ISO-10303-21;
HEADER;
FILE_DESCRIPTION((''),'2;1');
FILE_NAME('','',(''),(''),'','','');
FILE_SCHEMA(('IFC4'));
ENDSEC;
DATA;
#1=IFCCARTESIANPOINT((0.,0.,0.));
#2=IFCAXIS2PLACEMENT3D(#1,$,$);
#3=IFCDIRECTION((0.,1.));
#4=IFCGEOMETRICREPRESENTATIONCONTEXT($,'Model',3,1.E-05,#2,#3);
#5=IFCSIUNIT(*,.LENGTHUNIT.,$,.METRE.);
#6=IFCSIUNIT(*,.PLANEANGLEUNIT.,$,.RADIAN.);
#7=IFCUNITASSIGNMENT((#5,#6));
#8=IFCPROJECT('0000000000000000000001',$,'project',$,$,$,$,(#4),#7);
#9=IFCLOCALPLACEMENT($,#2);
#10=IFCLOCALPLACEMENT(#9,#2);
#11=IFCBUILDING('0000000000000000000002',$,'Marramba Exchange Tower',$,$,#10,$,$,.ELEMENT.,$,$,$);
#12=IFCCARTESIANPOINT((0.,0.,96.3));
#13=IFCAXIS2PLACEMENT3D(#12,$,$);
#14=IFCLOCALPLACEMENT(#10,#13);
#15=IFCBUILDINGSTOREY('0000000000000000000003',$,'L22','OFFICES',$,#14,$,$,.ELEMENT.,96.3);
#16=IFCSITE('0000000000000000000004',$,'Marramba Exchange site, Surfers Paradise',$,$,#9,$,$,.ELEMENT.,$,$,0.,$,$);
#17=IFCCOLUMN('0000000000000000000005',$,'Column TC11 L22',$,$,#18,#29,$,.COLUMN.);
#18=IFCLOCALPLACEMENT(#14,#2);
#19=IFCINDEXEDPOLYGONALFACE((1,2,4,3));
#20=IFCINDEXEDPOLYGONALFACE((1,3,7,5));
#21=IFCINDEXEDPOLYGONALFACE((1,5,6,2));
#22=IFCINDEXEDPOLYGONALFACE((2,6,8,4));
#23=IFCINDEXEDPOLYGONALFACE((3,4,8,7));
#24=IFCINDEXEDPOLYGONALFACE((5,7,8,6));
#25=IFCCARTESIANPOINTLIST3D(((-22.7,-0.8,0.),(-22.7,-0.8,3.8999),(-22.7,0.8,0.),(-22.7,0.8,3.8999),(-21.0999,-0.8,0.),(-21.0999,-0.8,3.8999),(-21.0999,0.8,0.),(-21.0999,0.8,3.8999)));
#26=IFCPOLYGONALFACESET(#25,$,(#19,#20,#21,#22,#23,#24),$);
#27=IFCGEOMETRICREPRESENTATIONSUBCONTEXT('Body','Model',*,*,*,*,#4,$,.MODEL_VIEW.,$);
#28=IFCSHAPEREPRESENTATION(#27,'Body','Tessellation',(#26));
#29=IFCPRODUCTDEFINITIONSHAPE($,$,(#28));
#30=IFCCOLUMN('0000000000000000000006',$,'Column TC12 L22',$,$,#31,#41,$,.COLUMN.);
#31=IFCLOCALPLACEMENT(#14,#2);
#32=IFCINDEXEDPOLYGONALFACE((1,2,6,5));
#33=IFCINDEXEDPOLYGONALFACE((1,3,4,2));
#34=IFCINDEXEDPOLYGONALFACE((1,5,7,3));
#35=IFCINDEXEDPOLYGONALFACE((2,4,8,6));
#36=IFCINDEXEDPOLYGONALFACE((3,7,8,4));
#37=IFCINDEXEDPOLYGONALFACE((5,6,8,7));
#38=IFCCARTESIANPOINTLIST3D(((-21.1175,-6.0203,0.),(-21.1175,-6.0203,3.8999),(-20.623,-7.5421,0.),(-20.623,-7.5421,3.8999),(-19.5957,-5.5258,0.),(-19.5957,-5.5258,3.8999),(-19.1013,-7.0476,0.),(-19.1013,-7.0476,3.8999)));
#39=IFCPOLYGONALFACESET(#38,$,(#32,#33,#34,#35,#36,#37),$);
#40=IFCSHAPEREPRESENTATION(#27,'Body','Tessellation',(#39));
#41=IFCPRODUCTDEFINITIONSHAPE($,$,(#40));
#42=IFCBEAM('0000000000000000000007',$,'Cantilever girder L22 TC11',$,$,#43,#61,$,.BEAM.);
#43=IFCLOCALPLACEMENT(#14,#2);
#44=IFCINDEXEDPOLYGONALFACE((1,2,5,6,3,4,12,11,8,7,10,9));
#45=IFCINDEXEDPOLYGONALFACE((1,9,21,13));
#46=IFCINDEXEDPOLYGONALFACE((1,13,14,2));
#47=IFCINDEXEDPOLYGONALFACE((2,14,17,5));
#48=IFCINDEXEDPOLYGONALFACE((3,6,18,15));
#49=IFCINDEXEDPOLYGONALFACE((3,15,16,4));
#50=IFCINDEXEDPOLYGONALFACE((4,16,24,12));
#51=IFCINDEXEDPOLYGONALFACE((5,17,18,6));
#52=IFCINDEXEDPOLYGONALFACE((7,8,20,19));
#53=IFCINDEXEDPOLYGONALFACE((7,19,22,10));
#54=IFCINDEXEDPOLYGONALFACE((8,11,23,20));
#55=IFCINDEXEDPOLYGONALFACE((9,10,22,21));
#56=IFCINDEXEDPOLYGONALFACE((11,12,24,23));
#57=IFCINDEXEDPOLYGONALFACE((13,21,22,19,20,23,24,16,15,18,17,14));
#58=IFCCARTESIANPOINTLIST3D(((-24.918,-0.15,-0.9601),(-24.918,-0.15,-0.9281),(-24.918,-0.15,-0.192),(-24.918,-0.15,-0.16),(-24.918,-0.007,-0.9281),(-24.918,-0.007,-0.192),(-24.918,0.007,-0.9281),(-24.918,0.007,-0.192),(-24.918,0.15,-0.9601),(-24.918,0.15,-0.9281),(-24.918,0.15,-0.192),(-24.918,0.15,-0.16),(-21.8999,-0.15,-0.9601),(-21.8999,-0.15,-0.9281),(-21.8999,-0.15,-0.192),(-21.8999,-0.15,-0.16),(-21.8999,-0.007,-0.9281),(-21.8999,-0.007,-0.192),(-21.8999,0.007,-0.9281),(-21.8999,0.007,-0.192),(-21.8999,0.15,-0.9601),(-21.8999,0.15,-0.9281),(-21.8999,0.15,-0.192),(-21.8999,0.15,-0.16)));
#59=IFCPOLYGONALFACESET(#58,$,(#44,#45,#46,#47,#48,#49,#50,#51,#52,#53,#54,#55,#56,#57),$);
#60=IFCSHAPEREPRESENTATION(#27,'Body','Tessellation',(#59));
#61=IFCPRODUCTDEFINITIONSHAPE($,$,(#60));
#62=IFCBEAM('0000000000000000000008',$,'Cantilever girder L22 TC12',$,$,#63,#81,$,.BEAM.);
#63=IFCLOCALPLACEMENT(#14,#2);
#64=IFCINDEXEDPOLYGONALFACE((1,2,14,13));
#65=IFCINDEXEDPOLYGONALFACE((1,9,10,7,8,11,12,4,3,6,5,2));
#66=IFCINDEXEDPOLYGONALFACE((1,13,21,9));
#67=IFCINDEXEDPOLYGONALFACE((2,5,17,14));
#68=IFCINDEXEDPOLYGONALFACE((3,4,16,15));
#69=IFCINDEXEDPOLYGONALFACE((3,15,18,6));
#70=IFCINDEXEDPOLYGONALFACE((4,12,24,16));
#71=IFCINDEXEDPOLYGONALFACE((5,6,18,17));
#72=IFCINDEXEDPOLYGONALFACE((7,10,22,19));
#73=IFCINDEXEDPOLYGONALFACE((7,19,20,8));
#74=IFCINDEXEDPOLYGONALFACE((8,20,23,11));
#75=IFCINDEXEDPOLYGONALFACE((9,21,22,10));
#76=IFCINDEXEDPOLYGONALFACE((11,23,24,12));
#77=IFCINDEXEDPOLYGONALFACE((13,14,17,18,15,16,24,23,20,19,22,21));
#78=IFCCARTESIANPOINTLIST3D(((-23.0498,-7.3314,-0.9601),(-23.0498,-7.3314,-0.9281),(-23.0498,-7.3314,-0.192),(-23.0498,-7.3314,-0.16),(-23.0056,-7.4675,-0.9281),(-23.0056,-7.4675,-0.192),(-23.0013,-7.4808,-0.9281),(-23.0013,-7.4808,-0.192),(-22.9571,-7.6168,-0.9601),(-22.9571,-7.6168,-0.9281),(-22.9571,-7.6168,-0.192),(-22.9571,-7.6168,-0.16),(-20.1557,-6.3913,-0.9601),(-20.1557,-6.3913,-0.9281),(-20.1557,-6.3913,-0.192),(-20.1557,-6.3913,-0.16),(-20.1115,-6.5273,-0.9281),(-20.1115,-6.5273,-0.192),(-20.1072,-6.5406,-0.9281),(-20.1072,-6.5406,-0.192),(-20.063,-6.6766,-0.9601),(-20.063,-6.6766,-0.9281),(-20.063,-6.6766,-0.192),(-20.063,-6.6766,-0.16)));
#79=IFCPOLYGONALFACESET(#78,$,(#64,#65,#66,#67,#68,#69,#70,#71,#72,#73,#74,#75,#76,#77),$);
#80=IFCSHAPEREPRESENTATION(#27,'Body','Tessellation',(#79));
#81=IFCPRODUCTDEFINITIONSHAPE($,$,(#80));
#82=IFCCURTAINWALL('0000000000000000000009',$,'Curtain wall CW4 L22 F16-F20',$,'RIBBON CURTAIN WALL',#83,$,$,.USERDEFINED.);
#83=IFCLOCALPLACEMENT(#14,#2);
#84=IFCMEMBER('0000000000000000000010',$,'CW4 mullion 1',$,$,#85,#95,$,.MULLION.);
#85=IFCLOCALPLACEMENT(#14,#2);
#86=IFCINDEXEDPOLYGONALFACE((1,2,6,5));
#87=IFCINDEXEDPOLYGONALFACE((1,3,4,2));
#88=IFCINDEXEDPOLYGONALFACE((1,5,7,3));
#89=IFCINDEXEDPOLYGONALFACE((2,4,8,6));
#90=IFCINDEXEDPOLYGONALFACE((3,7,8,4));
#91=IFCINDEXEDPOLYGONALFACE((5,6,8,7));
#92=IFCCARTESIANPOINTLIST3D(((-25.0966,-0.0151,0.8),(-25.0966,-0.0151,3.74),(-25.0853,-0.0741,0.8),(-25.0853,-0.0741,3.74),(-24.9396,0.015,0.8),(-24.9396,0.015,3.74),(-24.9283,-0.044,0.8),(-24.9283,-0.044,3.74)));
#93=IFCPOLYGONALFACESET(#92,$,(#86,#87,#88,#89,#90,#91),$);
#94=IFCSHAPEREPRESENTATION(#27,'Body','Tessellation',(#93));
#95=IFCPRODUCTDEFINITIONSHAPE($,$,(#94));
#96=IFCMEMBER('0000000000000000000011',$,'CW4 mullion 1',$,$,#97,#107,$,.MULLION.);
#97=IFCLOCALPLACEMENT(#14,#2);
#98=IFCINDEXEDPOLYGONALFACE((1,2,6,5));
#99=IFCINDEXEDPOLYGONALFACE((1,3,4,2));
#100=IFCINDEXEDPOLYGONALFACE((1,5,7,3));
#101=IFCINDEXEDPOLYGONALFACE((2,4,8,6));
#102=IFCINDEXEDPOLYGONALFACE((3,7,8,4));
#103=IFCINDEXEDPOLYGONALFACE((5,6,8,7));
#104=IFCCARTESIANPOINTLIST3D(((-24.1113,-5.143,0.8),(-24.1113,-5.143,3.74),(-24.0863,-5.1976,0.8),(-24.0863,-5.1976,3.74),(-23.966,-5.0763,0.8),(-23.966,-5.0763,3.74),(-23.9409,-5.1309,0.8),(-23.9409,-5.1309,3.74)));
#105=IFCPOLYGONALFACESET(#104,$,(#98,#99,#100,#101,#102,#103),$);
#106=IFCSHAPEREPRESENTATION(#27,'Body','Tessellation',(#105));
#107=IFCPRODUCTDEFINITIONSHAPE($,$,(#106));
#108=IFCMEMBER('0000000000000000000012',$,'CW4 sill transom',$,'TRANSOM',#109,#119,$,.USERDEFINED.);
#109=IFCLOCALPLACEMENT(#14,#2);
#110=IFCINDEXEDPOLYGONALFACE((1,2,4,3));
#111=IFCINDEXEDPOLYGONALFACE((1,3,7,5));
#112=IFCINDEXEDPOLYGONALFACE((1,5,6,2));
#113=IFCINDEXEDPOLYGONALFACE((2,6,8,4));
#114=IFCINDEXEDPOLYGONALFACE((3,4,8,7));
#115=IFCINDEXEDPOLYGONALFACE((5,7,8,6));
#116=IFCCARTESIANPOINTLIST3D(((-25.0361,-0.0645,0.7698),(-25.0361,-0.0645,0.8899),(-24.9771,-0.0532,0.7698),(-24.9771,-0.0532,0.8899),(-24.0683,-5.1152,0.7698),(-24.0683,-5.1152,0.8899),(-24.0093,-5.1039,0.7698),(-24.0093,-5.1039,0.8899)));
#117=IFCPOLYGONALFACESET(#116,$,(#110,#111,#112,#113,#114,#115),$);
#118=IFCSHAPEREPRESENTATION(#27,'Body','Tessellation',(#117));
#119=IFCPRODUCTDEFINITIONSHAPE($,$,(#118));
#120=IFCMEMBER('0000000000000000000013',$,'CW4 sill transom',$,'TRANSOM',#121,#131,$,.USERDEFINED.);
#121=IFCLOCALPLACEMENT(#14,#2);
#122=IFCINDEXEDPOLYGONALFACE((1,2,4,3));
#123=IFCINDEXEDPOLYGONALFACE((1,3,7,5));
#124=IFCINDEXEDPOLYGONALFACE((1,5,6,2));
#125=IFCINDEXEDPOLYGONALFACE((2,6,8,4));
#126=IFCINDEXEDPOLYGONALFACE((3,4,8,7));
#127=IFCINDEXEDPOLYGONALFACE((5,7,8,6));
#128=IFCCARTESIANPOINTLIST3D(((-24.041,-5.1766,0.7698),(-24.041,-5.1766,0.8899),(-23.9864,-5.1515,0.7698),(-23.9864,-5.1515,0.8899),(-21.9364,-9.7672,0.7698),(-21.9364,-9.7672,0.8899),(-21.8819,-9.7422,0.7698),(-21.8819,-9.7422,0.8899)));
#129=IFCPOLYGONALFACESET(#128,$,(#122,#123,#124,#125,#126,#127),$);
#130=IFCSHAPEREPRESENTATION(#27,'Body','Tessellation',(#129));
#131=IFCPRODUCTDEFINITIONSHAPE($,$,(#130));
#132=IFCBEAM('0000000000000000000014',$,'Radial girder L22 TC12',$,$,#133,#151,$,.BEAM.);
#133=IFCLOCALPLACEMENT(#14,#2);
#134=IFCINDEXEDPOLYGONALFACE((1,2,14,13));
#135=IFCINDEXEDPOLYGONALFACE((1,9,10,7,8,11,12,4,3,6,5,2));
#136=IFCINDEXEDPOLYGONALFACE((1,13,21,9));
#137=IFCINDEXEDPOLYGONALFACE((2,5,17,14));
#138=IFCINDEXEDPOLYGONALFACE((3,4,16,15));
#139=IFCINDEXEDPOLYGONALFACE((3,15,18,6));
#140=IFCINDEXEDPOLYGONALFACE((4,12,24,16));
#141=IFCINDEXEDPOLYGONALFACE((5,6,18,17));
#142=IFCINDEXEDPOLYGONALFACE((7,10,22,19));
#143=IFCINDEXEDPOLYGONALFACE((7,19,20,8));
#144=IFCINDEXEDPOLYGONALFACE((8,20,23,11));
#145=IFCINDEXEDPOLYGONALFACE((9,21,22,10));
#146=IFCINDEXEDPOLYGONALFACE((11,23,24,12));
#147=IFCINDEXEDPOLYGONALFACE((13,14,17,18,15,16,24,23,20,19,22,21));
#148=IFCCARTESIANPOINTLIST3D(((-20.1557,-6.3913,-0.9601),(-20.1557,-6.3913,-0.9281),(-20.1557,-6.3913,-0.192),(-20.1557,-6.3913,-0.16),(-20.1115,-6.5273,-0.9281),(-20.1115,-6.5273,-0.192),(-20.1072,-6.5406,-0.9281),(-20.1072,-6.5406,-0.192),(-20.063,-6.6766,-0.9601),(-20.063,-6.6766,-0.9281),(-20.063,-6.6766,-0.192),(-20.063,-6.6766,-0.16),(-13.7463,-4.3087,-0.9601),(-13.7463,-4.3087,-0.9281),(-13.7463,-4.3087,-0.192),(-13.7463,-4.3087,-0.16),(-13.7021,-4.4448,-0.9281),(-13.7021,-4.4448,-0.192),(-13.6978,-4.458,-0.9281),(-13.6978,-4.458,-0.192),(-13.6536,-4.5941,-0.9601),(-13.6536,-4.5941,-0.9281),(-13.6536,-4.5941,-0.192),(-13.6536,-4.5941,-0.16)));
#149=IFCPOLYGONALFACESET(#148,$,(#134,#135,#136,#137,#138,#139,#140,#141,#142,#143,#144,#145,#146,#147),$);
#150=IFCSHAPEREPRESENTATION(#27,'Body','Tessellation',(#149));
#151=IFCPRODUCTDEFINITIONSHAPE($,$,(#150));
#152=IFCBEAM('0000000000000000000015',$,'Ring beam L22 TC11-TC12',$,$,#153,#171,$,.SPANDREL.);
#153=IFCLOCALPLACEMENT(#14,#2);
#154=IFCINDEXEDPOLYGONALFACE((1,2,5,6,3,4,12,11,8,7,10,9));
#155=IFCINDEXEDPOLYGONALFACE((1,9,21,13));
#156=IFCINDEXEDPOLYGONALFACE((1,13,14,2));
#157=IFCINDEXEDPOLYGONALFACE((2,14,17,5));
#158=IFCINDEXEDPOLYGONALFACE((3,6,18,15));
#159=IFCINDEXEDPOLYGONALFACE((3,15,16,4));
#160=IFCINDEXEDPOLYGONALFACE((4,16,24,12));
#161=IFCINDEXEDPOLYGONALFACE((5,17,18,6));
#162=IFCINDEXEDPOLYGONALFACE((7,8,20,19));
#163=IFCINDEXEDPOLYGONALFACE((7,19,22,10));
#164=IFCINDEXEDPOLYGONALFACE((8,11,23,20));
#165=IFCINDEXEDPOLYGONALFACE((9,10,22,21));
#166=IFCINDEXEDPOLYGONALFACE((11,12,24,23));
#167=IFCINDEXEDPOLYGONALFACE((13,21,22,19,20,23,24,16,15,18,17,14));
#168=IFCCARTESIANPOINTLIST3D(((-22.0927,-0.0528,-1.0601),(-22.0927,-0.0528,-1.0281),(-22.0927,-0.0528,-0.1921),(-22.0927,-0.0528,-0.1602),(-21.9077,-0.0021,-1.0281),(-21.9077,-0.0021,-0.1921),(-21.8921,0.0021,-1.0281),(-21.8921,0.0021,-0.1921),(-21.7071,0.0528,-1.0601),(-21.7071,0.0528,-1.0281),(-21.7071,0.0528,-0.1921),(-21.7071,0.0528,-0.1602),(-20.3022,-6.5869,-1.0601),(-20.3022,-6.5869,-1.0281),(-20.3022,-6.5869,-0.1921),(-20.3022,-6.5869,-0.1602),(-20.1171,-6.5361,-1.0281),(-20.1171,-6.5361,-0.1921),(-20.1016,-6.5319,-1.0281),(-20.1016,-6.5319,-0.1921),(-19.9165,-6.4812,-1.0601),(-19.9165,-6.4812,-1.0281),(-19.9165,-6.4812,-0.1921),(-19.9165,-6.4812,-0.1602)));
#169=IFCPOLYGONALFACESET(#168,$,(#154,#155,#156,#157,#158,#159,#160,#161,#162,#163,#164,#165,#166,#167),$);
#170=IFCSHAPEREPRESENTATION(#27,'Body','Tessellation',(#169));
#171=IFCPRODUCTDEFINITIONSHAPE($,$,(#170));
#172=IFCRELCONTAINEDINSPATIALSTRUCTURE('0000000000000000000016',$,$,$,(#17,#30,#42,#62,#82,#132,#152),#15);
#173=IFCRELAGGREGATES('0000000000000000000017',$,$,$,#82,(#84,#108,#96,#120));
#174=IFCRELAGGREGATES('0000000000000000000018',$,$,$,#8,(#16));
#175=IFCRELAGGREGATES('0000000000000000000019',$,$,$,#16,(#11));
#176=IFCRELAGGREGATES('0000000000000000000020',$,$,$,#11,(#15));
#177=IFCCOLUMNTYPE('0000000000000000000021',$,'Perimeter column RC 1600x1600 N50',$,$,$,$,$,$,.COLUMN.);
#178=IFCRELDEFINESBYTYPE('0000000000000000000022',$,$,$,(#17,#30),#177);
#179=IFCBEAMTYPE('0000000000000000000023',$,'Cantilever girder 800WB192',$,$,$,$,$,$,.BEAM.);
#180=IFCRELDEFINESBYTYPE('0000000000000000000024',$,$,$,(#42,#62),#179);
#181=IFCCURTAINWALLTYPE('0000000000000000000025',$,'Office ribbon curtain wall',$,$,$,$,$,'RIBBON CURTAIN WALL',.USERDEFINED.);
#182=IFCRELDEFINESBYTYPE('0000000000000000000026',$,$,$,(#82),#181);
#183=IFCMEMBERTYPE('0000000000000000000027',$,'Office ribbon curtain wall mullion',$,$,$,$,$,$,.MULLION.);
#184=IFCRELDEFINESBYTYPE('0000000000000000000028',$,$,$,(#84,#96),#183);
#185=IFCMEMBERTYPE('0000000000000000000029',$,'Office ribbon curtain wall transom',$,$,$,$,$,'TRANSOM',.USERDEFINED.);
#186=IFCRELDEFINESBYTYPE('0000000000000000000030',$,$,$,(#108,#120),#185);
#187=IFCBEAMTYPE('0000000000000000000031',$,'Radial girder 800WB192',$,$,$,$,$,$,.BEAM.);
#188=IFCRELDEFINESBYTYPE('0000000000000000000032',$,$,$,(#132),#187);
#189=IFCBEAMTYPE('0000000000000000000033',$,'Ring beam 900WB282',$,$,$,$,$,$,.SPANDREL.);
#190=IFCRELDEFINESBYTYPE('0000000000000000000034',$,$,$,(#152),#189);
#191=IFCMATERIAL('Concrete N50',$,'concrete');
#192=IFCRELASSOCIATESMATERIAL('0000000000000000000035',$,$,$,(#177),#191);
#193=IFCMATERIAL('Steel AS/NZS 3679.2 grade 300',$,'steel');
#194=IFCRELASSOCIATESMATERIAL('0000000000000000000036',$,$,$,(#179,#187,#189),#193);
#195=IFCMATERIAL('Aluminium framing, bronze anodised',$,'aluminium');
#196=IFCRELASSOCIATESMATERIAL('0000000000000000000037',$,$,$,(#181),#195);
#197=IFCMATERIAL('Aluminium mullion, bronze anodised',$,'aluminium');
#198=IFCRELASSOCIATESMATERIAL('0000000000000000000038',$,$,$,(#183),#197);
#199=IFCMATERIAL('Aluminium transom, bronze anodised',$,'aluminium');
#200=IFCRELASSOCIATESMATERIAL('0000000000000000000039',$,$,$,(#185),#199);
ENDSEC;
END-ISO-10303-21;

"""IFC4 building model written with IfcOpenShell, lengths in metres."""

from ifc_helpers import new_model, si_unit, direction, frame, origin, origin_2d, place, context, subcontext, project, spatial, rectangle, i_section, extrude, material, material_profile, profile_set, type_object, element, aggregate, save


model = new_model("IFC4")

# Units and contexts
model_context = context("Model", 3, precision=1e-05, world=origin(), true_north=direction((0.0, 1.0)))
body_context = subcontext(model_context, "Body", "Model", "MODEL_VIEW")
ifc_project = project(units=[si_unit("LENGTHUNIT", "METRE"), si_unit("PLANEANGLEUNIT", "RADIAN")], contexts=[model_context])

# Site, building, storey
site_placement = place(None, origin())
site = spatial("IfcSite", under=ifc_project, at=site_placement, Name="Marramba Exchange site, Surfers Paradise", CompositionType="ELEMENT", RefElevation=0.0)
building_placement = place(site_placement, origin())
building = spatial("IfcBuilding", under=site, at=building_placement, Name="Marramba Exchange Tower", CompositionType="ELEMENT")
storey_placement = place(building_placement, frame((0.0, 0.0, 96.3)))
storey = spatial("IfcBuildingStorey", under=building, at=storey_placement, Name="L22", Description="OFFICES", CompositionType="ELEMENT", Elevation=96.3)

# Columns
ifc_material_1 = material(Name="Concrete N50", Category="concrete")
ifc_material_profile_1 = material_profile(ifc_material_1, rectangle(XDim=1.6001, YDim=1.6001, at=origin_2d()), Name="RC 1600x1600")
ifc_profile_set_1 = profile_set([ifc_material_profile_1], Name="Concrete N50")
column_type = type_object("IfcColumnType", Name="Perimeter column RC 1600x1600 N50", PredefinedType="COLUMN", material=ifc_profile_set_1)
for number, where, z_axis, x_axis, name in (
    (1, (-21.8999, 0.0, 0.0), (0.0, 0.0, 1.0), (-1.0, 0.0, 0.0), "Column TC11 L22"),
    (2, (-20.1094, -6.5339, 0.0), (0.0, 0.0, 1.0), (-0.951057, -0.309017, 0.0), "Column TC12 L22"),
):
    element("IfcColumn", number, at=place(storey_placement, frame(where, z_axis=z_axis, x_axis=x_axis)), inside=storey, type_object=column_type, Name=name, PredefinedType="COLUMN", context=body_context, shape_type="SweptSolid", body=[
        extrude(rectangle(XDim=1.6001, YDim=1.6001, at=origin_2d()), origin(), (0.0, 0.0, 1.0), 3.8999),
    ])

# Beams
ifc_material_2 = material(Name="Steel AS/NZS 3679.2 grade 300", Category="steel")
ifc_material_profile_2 = material_profile(ifc_material_2, i_section(OverallWidth=0.3, OverallDepth=0.8, WebThickness=0.0139, FlangeThickness=0.032, at=origin_2d()), Name="800WB192")
ifc_profile_set_2 = profile_set([ifc_material_profile_2], Name="Steel AS/NZS 3679.2 grade 300")
beam_type_1 = type_object("IfcBeamType", Name="Cantilever girder 800WB192", PredefinedType="BEAM", material=ifc_profile_set_2)
beam_1_placement = place(storey_placement, frame((-21.8999, 0.0, -0.5601), z_axis=(-1.0, 0.0, 0.0), x_axis=(0.0, -1.0, 0.0)))
element("IfcBeam", 3, at=beam_1_placement, inside=storey, type_object=beam_type_1, Name="Cantilever girder L22 TC11", PredefinedType="BEAM", context=body_context, shape_type="SweptSolid", body=[
    extrude(i_section(OverallWidth=0.3, OverallDepth=0.8, WebThickness=0.0139, FlangeThickness=0.032, at=origin_2d()), origin(), (0.0, 0.0, 1.0), 3.0181),
])
beam_2_placement = place(storey_placement, frame((-20.1094, -6.5339, -0.5601), z_axis=(-0.951071, -0.308974, 0.0), x_axis=(0.308974, -0.951071, 0.0)))
element("IfcBeam", 4, at=beam_2_placement, inside=storey, type_object=beam_type_1, Name="Cantilever girder L22 TC12", PredefinedType="BEAM", context=body_context, shape_type="SweptSolid", body=[
    extrude(i_section(OverallWidth=0.3, OverallDepth=0.8, WebThickness=0.0139, FlangeThickness=0.032, at=origin_2d()), origin(), (0.0, 0.0, 1.0), 3.043),
])

# Curtain wall, members
ifc_material_3 = material(Name="Aluminium framing, bronze anodised", Category="aluminium")
curtain_wall_type = type_object("IfcCurtainWallType", Name="Office ribbon curtain wall", ElementType="RIBBON CURTAIN WALL", PredefinedType="USERDEFINED", material=ifc_material_3)
curtain_wall_placement = place(storey_placement, origin())
curtain_wall = element("IfcCurtainWall", 5, at=curtain_wall_placement, inside=storey, type_object=curtain_wall_type, Name="Curtain wall CW4 L22 F16-F20", ObjectType="RIBBON CURTAIN WALL", PredefinedType="USERDEFINED")
ifc_material_4 = material(Name="Aluminium mullion, bronze anodised", Category="aluminium")
ifc_material_profile_3 = material_profile(ifc_material_4, rectangle(XDim=0.1599, YDim=0.0601, at=origin_2d()), Name="CW4 mullion 60x160")
ifc_profile_set_3 = profile_set([ifc_material_profile_3], Name="Aluminium mullion, bronze anodised")
member_type_1 = type_object("IfcMemberType", Name="Office ribbon curtain wall mullion", PredefinedType="MULLION", material=ifc_profile_set_3)
member_1_placement = place(storey_placement, frame((-25.0125, -0.0295, 0.8), z_axis=(0.0, 0.0, 1.0), x_axis=(0.982126, 0.188227, 0.0)))
member_1 = element("IfcMember", 6, at=member_1_placement, type_object=member_type_1, Name="CW4 mullion 1", PredefinedType="MULLION", context=body_context, shape_type="SweptSolid", body=[
    extrude(rectangle(XDim=0.1599, YDim=0.0601, at=origin_2d()), origin(), (0.0, 0.0, 1.0), 2.9399),
])
member_2_placement = place(storey_placement, frame((-24.0261, -5.137, 0.8), z_axis=(0.0, 0.0, 1.0), x_axis=(0.909027, 0.416738, 0.0)))
member_2 = element("IfcMember", 7, at=member_2_placement, type_object=member_type_1, Name="CW4 mullion 1", PredefinedType="MULLION", context=body_context, shape_type="SweptSolid", body=[
    extrude(rectangle(XDim=0.1599, YDim=0.0601, at=origin_2d()), origin(), (0.0, 0.0, 1.0), 2.9399),
])
ifc_material_5 = material(Name="Aluminium transom, bronze anodised", Category="aluminium")
ifc_material_profile_4 = material_profile(ifc_material_5, rectangle(XDim=0.0601, YDim=0.1201, at=origin_2d()), Name="CW4 transom 60x120")
ifc_profile_set_4 = profile_set([ifc_material_profile_4], Name="Aluminium transom, bronze anodised")
member_type_2 = type_object("IfcMemberType", Name="Office ribbon curtain wall transom", ElementType="TRANSOM", PredefinedType="USERDEFINED", material=ifc_profile_set_4)
member_3_placement = place(storey_placement, frame((-25.0066, -0.0588, 0.8298), z_axis=(0.188185, -0.982134, 0.0), x_axis=(0.982134, 0.188185, 0.0)))
member_3 = element("IfcMember", 8, at=member_3_placement, type_object=member_type_2, Name="CW4 sill transom", ObjectType="TRANSOM", PredefinedType="USERDEFINED", context=body_context, shape_type="SweptSolid", body=[
    extrude(rectangle(XDim=0.0601, YDim=0.1201, at=origin_2d()), origin(), (0.0, 0.0, 1.0), 5.1426),
])
member_4_placement = place(storey_placement, frame((-24.0137, -5.1641, 0.8298), z_axis=(0.416733, -0.909029, 0.0), x_axis=(0.909029, 0.416733, 0.0)))
member_4 = element("IfcMember", 9, at=member_4_placement, type_object=member_type_2, Name="CW4 sill transom", ObjectType="TRANSOM", PredefinedType="USERDEFINED", context=body_context, shape_type="SweptSolid", body=[
    extrude(rectangle(XDim=0.0601, YDim=0.1201, at=origin_2d()), origin(), (0.0, 0.0, 1.0), 5.05),
])

# Beams
ifc_material_profile_5 = material_profile(ifc_material_2, i_section(OverallWidth=0.3, OverallDepth=0.8, WebThickness=0.0139, FlangeThickness=0.032, at=origin_2d()), Name="800WB192")
ifc_profile_set_5 = profile_set([ifc_material_profile_5], Name="Steel AS/NZS 3679.2 grade 300")
beam_type_2 = type_object("IfcBeamType", Name="Radial girder 800WB192", PredefinedType="BEAM", material=ifc_profile_set_5)
beam_3_placement = place(storey_placement, frame((-13.7, -4.4514, -0.5601), z_axis=(-0.951058, -0.309013, 0.0), x_axis=(0.309013, -0.951058, 0.0)))
element("IfcBeam", 10, at=beam_3_placement, inside=storey, type_object=beam_type_2, Name="Radial girder L22 TC12", PredefinedType="BEAM", context=body_context, shape_type="SweptSolid", body=[
    extrude(i_section(OverallWidth=0.3, OverallDepth=0.8, WebThickness=0.0139, FlangeThickness=0.032, at=origin_2d()), origin(), (0.0, 0.0, 1.0), 6.7393),
])
ifc_material_profile_6 = material_profile(ifc_material_2, i_section(OverallWidth=0.3999, OverallDepth=0.8999, WebThickness=0.0161, FlangeThickness=0.032, at=origin_2d()), Name="900WB282")
ifc_profile_set_6 = profile_set([ifc_material_profile_6], Name="Steel AS/NZS 3679.2 grade 300")
beam_type_3 = type_object("IfcBeamType", Name="Ring beam 900WB282", PredefinedType="SPANDREL", material=ifc_profile_set_6)
beam_4_placement = place(storey_placement, frame((-21.8999, 0.0, -0.6101), z_axis=(0.264291, -0.964443, 0.0), x_axis=(0.964443, 0.264291, 0.0)))
element("IfcBeam", 11, at=beam_4_placement, inside=storey, type_object=beam_type_3, Name="Ring beam L22 TC11-TC12", PredefinedType="SPANDREL", context=body_context, shape_type="SweptSolid", body=[
    extrude(i_section(OverallWidth=0.3999, OverallDepth=0.8999, WebThickness=0.0161, FlangeThickness=0.032, at=origin_2d()), origin(), (0.0, 0.0, 1.0), 6.7749),
])

aggregate(curtain_wall, [member_1, member_3, member_2, member_4])

save(model, "model.ifc")
